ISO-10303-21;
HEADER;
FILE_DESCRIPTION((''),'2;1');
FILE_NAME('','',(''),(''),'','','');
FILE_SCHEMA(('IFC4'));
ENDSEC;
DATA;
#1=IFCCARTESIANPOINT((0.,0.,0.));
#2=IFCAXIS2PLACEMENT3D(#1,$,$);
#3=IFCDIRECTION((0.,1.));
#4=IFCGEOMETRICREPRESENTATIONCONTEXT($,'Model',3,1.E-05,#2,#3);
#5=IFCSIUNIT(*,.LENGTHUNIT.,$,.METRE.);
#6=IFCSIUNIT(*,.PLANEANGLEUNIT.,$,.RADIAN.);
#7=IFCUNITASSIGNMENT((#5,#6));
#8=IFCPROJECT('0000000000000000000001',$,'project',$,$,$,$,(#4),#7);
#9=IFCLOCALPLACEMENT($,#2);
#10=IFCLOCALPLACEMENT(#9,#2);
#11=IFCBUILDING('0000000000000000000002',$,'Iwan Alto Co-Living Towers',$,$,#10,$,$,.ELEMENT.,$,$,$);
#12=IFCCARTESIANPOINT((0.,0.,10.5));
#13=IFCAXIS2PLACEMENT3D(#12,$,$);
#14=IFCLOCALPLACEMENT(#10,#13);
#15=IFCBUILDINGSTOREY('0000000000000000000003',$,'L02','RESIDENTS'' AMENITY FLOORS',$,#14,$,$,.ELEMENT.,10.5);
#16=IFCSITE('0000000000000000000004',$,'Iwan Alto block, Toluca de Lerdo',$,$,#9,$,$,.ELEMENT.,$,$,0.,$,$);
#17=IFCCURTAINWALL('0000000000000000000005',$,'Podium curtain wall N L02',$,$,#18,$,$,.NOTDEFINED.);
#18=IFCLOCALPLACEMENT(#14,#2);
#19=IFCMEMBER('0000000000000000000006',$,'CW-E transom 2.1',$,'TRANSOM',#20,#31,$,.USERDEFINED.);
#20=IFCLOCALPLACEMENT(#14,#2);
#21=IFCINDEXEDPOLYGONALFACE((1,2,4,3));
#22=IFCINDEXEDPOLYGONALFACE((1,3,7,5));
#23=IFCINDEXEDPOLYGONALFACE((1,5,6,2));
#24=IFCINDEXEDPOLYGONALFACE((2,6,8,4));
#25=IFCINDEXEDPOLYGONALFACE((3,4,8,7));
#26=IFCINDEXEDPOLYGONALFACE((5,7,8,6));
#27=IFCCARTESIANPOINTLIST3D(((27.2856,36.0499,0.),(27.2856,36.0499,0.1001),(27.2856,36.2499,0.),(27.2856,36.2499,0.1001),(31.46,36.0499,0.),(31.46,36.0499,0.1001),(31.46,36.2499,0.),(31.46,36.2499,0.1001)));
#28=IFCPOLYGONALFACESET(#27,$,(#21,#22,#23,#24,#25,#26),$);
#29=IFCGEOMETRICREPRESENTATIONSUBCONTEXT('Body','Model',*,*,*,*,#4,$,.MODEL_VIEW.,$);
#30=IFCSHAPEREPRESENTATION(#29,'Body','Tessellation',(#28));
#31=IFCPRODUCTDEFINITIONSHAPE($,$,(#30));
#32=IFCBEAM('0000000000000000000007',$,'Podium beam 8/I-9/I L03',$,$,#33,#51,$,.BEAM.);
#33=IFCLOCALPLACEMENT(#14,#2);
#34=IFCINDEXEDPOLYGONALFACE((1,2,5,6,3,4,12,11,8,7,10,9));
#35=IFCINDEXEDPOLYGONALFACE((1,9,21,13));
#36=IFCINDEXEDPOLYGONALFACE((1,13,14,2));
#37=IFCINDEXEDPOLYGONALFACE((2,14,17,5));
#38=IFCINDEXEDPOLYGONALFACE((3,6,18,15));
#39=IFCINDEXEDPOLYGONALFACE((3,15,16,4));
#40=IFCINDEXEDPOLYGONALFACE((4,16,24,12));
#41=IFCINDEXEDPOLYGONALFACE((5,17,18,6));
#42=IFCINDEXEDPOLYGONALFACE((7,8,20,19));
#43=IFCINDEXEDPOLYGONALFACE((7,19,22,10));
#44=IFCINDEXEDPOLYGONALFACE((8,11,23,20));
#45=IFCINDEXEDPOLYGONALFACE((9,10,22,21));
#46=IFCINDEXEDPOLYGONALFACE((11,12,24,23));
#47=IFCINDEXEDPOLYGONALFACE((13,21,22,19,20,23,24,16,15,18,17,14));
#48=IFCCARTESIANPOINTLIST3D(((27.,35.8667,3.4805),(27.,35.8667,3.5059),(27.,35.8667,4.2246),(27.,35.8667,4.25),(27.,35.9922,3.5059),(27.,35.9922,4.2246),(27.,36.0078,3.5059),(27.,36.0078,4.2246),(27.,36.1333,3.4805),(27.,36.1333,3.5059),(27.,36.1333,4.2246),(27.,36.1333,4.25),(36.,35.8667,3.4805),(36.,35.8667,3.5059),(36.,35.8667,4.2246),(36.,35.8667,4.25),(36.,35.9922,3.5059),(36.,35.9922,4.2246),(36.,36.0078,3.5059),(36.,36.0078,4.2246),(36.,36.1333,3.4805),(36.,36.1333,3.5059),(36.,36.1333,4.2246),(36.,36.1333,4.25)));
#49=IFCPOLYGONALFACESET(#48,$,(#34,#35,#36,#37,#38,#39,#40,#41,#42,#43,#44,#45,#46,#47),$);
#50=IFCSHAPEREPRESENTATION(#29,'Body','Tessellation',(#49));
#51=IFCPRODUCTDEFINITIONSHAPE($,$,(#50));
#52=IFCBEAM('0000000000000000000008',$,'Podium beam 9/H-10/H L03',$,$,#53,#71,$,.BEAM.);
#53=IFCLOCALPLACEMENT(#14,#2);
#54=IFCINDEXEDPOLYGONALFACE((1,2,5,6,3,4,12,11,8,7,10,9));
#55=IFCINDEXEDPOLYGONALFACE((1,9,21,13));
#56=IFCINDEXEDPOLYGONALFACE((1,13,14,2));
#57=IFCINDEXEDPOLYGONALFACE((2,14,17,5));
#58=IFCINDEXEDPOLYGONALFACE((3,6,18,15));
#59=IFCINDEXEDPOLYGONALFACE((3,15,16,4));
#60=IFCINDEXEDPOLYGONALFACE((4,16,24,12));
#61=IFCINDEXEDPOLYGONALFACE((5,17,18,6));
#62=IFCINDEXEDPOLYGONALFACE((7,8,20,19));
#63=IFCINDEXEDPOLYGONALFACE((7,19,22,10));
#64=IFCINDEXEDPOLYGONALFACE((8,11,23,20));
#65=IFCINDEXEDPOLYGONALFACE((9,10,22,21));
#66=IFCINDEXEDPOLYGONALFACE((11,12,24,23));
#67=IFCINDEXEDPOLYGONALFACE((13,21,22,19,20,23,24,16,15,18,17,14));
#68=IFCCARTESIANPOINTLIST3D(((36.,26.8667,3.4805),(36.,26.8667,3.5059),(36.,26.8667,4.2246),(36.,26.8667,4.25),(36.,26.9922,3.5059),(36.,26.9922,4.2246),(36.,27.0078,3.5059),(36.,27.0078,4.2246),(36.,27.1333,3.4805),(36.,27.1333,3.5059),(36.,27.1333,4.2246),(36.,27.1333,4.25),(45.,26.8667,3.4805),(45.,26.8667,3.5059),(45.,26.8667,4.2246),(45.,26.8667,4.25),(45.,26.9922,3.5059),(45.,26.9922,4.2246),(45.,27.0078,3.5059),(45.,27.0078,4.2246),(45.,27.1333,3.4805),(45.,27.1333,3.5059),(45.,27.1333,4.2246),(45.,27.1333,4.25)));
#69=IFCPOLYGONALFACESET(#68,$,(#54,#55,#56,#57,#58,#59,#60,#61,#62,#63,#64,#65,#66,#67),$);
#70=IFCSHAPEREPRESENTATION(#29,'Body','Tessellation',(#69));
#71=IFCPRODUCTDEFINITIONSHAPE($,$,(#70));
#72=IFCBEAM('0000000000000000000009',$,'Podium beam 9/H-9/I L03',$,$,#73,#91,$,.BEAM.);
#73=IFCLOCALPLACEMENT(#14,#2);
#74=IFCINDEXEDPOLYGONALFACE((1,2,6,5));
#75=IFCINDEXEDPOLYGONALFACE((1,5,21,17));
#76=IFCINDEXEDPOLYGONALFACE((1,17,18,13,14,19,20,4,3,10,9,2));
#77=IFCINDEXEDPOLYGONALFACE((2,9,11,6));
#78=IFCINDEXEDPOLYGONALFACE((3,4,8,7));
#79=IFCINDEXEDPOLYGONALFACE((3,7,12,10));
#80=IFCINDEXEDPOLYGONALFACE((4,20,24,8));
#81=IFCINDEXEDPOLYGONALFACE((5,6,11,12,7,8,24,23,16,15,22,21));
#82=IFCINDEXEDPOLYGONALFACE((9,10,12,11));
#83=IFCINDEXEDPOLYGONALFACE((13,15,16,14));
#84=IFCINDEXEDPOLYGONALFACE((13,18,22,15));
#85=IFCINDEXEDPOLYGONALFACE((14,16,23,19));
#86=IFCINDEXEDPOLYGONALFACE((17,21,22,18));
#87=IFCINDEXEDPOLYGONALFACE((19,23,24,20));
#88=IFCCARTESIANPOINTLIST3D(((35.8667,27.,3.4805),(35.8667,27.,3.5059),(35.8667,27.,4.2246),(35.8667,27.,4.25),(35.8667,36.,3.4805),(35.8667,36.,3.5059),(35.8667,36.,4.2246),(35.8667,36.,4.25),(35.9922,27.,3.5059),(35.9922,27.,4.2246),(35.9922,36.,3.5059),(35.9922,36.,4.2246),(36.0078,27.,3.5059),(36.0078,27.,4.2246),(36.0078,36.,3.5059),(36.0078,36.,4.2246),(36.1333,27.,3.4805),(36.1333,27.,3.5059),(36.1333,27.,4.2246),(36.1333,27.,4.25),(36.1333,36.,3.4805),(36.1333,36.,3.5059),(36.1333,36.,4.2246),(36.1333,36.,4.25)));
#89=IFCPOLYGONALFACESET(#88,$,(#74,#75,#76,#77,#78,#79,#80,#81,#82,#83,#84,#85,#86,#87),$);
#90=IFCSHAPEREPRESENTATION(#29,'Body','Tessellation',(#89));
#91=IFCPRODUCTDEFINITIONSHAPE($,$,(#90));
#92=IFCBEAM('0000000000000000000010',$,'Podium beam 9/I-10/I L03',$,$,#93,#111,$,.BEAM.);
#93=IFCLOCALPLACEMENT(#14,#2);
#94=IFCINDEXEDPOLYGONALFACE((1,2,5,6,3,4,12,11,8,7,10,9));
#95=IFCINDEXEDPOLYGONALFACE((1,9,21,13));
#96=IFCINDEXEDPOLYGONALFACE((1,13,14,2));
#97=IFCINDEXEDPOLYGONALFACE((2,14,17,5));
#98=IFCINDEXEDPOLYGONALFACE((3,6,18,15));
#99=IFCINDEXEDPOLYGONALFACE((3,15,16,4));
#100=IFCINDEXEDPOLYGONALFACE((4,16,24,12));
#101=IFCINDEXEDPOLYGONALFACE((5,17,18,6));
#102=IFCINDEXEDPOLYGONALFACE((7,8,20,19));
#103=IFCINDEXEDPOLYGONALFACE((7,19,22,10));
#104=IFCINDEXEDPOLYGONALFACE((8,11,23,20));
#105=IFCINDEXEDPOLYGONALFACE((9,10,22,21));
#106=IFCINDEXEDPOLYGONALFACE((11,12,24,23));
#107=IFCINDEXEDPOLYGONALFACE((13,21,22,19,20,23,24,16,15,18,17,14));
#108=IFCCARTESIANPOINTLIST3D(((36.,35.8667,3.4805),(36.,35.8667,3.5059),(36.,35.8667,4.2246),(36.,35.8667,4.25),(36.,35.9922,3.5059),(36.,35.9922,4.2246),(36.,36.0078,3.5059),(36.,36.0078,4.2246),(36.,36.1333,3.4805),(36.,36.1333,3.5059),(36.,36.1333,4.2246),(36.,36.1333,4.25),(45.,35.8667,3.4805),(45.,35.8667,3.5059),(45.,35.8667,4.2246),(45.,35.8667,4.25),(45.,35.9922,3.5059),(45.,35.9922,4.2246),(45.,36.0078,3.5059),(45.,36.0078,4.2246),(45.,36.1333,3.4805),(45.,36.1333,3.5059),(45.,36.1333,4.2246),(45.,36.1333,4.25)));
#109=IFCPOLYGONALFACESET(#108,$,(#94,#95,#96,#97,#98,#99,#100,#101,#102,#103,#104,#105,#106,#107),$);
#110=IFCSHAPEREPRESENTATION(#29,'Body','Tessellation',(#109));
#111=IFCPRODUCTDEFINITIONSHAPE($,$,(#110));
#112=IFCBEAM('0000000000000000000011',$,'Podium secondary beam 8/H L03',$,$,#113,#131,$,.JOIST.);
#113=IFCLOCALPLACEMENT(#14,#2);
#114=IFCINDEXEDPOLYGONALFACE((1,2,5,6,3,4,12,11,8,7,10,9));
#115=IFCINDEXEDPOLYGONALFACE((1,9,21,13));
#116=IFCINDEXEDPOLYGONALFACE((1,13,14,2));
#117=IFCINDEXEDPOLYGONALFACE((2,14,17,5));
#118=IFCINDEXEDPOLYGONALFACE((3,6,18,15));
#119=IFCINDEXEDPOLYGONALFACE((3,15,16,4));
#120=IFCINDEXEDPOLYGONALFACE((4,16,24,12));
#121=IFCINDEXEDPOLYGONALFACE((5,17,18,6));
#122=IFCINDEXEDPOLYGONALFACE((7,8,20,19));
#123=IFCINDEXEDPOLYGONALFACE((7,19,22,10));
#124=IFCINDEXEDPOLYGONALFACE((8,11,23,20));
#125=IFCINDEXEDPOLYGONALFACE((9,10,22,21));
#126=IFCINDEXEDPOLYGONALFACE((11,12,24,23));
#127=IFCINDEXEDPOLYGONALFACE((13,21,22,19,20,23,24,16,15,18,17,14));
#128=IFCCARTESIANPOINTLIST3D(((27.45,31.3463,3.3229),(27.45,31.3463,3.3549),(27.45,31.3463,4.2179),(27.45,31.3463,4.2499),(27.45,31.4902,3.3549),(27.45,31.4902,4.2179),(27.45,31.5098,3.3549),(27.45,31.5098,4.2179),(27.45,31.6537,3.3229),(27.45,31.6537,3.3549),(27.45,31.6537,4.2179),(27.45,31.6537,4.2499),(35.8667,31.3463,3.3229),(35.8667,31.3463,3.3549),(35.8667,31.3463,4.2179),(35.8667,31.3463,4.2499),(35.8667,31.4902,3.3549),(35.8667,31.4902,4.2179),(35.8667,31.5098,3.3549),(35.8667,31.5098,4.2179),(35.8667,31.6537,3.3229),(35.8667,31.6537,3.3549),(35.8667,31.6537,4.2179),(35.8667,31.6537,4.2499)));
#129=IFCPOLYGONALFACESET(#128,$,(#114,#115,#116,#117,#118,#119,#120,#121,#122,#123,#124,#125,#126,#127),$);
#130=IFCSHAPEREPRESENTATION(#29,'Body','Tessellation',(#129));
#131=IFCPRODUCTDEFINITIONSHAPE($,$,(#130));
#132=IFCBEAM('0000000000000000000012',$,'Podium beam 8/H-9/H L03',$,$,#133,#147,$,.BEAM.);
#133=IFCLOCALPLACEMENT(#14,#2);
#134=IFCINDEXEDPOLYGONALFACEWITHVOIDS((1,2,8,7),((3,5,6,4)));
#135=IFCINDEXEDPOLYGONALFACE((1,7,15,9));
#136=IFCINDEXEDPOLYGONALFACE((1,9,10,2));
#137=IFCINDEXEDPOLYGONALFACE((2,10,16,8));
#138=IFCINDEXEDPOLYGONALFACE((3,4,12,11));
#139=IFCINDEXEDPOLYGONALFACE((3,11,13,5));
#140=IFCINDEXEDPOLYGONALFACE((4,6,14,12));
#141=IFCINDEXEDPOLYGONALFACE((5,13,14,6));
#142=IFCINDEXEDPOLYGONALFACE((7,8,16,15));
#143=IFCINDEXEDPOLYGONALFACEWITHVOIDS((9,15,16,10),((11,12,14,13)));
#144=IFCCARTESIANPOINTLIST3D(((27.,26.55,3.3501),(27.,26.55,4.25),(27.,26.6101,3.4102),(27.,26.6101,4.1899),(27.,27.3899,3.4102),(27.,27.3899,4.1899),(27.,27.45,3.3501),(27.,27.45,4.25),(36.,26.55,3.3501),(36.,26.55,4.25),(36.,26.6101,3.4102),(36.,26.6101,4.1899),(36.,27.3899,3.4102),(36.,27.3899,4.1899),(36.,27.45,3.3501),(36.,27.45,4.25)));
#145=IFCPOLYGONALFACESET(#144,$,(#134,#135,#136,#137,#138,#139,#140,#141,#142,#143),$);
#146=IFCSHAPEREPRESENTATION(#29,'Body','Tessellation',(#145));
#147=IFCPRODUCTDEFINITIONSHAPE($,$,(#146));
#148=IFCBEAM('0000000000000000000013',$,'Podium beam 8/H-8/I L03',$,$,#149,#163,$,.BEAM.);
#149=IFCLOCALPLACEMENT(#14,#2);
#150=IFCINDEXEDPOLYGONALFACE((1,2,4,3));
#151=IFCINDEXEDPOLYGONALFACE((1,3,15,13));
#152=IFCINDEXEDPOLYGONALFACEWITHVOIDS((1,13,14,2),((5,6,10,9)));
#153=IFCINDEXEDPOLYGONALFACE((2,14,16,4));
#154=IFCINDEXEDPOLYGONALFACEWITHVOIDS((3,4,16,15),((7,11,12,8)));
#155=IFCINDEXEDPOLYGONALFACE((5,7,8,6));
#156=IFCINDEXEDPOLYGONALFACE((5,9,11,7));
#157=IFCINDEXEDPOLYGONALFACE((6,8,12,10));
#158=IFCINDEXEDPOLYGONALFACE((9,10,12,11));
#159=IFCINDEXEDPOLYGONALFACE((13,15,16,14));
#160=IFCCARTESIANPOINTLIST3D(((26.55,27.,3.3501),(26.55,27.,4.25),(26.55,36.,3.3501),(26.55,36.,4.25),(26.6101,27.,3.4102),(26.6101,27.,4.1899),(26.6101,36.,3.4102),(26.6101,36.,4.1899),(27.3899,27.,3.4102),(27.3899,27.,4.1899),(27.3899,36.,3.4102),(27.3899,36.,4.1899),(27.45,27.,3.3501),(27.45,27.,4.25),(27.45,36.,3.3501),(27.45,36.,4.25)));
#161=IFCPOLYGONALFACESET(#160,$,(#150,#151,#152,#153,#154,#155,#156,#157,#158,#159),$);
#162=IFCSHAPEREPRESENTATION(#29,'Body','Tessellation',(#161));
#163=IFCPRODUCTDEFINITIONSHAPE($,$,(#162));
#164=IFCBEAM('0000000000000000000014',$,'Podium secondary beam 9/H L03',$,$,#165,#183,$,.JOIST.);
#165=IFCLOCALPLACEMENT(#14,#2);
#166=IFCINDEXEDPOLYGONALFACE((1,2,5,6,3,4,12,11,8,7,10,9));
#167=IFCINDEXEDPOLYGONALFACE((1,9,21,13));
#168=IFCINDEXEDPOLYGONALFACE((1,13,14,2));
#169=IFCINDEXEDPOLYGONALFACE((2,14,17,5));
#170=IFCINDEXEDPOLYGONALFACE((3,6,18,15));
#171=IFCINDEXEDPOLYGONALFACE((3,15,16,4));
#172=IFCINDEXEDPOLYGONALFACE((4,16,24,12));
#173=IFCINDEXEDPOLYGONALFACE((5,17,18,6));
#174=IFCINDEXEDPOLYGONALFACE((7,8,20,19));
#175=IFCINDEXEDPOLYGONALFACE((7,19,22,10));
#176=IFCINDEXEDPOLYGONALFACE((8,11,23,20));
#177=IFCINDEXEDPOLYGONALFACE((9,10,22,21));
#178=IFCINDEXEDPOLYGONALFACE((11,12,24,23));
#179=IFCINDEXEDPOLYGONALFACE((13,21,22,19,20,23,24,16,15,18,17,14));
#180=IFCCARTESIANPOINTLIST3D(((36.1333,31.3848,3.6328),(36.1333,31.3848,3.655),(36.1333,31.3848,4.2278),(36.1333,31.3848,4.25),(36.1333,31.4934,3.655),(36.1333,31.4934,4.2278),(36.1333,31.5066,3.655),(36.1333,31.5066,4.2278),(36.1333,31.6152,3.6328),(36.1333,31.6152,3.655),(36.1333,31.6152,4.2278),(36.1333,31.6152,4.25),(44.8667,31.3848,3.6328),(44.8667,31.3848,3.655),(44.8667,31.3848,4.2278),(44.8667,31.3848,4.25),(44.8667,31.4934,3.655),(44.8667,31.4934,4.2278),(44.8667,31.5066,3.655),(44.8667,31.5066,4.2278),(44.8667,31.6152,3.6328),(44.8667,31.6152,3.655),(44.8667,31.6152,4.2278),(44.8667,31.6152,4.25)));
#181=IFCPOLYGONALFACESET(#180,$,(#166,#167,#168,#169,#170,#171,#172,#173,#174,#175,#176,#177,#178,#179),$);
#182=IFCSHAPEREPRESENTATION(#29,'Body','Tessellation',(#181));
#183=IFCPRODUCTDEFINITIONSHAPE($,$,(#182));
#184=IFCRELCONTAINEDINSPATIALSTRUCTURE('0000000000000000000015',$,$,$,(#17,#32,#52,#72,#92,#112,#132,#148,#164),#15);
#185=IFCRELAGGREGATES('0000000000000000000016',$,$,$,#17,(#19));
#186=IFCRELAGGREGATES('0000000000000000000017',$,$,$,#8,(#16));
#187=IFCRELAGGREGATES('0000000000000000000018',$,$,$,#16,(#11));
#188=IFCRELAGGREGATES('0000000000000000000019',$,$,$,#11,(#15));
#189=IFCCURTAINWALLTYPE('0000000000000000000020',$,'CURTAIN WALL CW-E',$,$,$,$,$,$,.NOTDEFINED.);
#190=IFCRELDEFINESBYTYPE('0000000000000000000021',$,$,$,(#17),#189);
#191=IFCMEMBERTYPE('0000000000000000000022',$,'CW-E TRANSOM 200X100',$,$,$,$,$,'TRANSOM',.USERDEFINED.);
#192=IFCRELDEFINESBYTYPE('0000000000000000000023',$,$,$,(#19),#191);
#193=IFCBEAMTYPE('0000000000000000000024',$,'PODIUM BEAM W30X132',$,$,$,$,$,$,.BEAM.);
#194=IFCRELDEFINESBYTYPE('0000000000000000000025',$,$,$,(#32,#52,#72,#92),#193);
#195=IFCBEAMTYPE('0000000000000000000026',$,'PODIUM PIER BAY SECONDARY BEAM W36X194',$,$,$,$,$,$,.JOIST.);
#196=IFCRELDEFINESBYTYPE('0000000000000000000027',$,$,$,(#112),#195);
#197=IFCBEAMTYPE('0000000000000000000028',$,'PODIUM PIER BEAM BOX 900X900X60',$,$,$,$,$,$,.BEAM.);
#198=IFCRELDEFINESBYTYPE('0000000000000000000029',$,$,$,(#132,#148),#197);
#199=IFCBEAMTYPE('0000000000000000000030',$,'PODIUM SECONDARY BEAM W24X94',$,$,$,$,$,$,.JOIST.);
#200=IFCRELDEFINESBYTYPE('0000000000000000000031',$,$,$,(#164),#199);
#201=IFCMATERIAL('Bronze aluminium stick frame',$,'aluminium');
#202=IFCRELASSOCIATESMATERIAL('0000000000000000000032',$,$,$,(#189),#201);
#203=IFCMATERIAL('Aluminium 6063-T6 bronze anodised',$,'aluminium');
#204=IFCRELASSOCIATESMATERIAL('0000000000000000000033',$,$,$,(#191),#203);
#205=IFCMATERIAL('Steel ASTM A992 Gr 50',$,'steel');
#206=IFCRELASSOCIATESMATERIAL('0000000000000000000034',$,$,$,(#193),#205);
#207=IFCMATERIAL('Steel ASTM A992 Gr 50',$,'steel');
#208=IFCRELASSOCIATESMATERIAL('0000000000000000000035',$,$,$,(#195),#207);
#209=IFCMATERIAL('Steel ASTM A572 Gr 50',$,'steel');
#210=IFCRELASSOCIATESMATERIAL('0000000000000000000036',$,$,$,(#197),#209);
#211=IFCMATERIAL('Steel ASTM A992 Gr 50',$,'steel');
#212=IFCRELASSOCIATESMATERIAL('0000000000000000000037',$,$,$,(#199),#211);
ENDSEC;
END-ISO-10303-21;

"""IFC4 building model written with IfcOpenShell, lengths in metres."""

from ifc_helpers import new_model, si_unit, direction, frame, origin, origin_2d, place, context, subcontext, project, spatial, rectangle, hollow_rectangle, i_section, extrude, material, material_profile, profile_set, type_object, element, aggregate, save


model = new_model("IFC4")

# Units and contexts
model_context = context("Model", 3, precision=1e-05, world=origin(), true_north=direction((0.0, 1.0)))
body_context = subcontext(model_context, "Body", "Model", "MODEL_VIEW")
ifc_project = project(units=[si_unit("LENGTHUNIT", "METRE"), si_unit("PLANEANGLEUNIT", "RADIAN")], contexts=[model_context])

# Site, building, storey
site_placement = place(None, origin())
site = spatial("IfcSite", under=ifc_project, at=site_placement, Name="Iwan Alto block, Toluca de Lerdo", CompositionType="ELEMENT", RefElevation=0.0)
building_placement = place(site_placement, origin())
building = spatial("IfcBuilding", under=site, at=building_placement, Name="Iwan Alto Co-Living Towers", CompositionType="ELEMENT")
storey_placement = place(building_placement, frame((0.0, 0.0, 10.5)))
storey = spatial("IfcBuildingStorey", under=building, at=storey_placement, Name="L02", Description="RESIDENTS' AMENITY FLOORS", CompositionType="ELEMENT", Elevation=10.5)

# Shared definitions
ifc_material_1 = material(Name="Bronze aluminium stick frame", Category="aluminium")
curtain_wall_type = type_object("IfcCurtainWallType", Name="CURTAIN WALL CW-E", PredefinedType="NOTDEFINED", material=ifc_material_1)

# Curtain wall
curtain_wall_1_placement = place(storey_placement, origin())
curtain_wall_1 = element("IfcCurtainWall", 1, at=curtain_wall_1_placement, inside=storey, type_object=curtain_wall_type, Name="Podium curtain wall N L02", PredefinedType="NOTDEFINED")

# Member
ifc_material_2 = material(Name="Aluminium 6063-T6 bronze anodised", Category="aluminium")
ifc_material_profile_1 = material_profile(ifc_material_2, rectangle(XDim=0.2, YDim=0.1001, at=origin_2d()), Name="AL 200X100")
ifc_profile_set_1 = profile_set([ifc_material_profile_1], Name="Aluminium 6063-T6 bronze anodised")
member_type_1 = type_object("IfcMemberType", Name="CW-E TRANSOM 200X100", ElementType="TRANSOM", PredefinedType="USERDEFINED", material=ifc_profile_set_1)
member_1_placement = place(storey_placement, frame((31.46, 36.1499, 0.05), z_axis=(-1.0, 0.0, 0.0), x_axis=(0.0, -1.0, 0.0)))
member_1 = element("IfcMember", 2, at=member_1_placement, type_object=member_type_1, Name="CW-E transom 2.1", ObjectType="TRANSOM", PredefinedType="USERDEFINED", context=body_context, shape_type="SweptSolid", body=[
    extrude(rectangle(XDim=0.2, YDim=0.1001, at=origin_2d()), origin(), (0.0, 0.0, 1.0), 4.1743),
])

# Beams
ifc_material_3 = material(Name="Steel ASTM A992 Gr 50", Category="steel")
ifc_material_profile_2 = material_profile(ifc_material_3, i_section(OverallWidth=0.2666, OverallDepth=0.7695, WebThickness=0.0156, FlangeThickness=0.0254, at=origin_2d()), Name="W30X132")
ifc_profile_set_2 = profile_set([ifc_material_profile_2], Name="Steel ASTM A992 Gr 50")
beam_type_1 = type_object("IfcBeamType", Name="PODIUM BEAM W30X132", PredefinedType="BEAM", material=ifc_profile_set_2)
for number, where, z_axis, x_axis, name in (
    (3, (27.0, 36.0, 3.8652), (1.0, 0.0, 0.0), (0.0, 1.0, 0.0), "Podium beam 8/I-9/I L03"),
    (4, (36.0, 27.0, 3.8652), (1.0, 0.0, 0.0), (0.0, 1.0, 0.0), "Podium beam 9/H-10/H L03"),
    (5, (36.0, 27.0, 3.8652), (0.0, 1.0, 0.0), (-1.0, 0.0, 0.0), "Podium beam 9/H-9/I L03"),
    (6, (36.0, 36.0, 3.8652), (1.0, 0.0, 0.0), (0.0, 1.0, 0.0), "Podium beam 9/I-10/I L03"),
):
    element("IfcBeam", number, at=place(storey_placement, frame(where, z_axis=z_axis, x_axis=x_axis)), inside=storey, type_object=beam_type_1, Name=name, PredefinedType="BEAM", context=body_context, shape_type="SweptSolid", body=[
        extrude(i_section(OverallWidth=0.2666, OverallDepth=0.7695, WebThickness=0.0156, FlangeThickness=0.0254, at=origin_2d()), origin(), (0.0, 0.0, 1.0), 9.0),
    ])
ifc_material_4 = material(Name="Steel ASTM A992 Gr 50", Category="steel")
ifc_material_profile_3 = material_profile(ifc_material_4, i_section(OverallWidth=0.3074, OverallDepth=0.927, WebThickness=0.0195, FlangeThickness=0.032, at=origin_2d()), Name="W36X194")
ifc_profile_set_3 = profile_set([ifc_material_profile_3], Name="Steel ASTM A992 Gr 50")
beam_type_2 = type_object("IfcBeamType", Name="PODIUM PIER BAY SECONDARY BEAM W36X194", PredefinedType="JOIST", material=ifc_profile_set_3)
beam_1_placement = place(storey_placement, frame((27.45, 31.5, 3.7864), z_axis=(1.0, 0.0, 0.0), x_axis=(0.0, 1.0, 0.0)))
element("IfcBeam", 7, at=beam_1_placement, inside=storey, type_object=beam_type_2, Name="Podium secondary beam 8/H L03", PredefinedType="JOIST", context=body_context, shape_type="SweptSolid", body=[
    extrude(i_section(OverallWidth=0.3074, OverallDepth=0.927, WebThickness=0.0195, FlangeThickness=0.032, at=origin_2d()), origin(), (0.0, 0.0, 1.0), 8.4167),
])
ifc_material_5 = material(Name="Steel ASTM A572 Gr 50", Category="steel")
ifc_material_profile_4 = material_profile(ifc_material_5, hollow_rectangle(XDim=0.8999, YDim=0.8999, WallThickness=0.0601, at=origin_2d()), Name="BOX 900X900X60")
ifc_profile_set_4 = profile_set([ifc_material_profile_4], Name="Steel ASTM A572 Gr 50")
beam_type_3 = type_object("IfcBeamType", Name="PODIUM PIER BEAM BOX 900X900X60", PredefinedType="BEAM", material=ifc_profile_set_4)
for number, where, z_axis, x_axis, name in (
    (8, (27.0, 27.0, 3.8), (1.0, 0.0, 0.0), (0.0, 1.0, 0.0), "Podium beam 8/H-9/H L03"),
    (9, (27.0, 27.0, 3.8), (0.0, 1.0, 0.0), (-1.0, 0.0, 0.0), "Podium beam 8/H-8/I L03"),
):
    element("IfcBeam", number, at=place(storey_placement, frame(where, z_axis=z_axis, x_axis=x_axis)), inside=storey, type_object=beam_type_3, Name=name, PredefinedType="BEAM", context=body_context, shape_type="SweptSolid", body=[
        extrude(hollow_rectangle(XDim=0.8999, YDim=0.8999, WallThickness=0.0601, at=origin_2d()), origin(), (0.0, 0.0, 1.0), 9.0),
    ])
ifc_material_6 = material(Name="Steel ASTM A992 Gr 50", Category="steel")
ifc_material_profile_5 = material_profile(ifc_material_6, i_section(OverallWidth=0.2305, OverallDepth=0.6172, WebThickness=0.0132, FlangeThickness=0.0222, at=origin_2d()), Name="W24X94")
ifc_profile_set_5 = profile_set([ifc_material_profile_5], Name="Steel ASTM A992 Gr 50")
beam_type_4 = type_object("IfcBeamType", Name="PODIUM SECONDARY BEAM W24X94", PredefinedType="JOIST", material=ifc_profile_set_5)
beam_2_placement = place(storey_placement, frame((36.1333, 31.5, 3.9414), z_axis=(1.0, 0.0, 0.0), x_axis=(0.0, 1.0, 0.0)))
element("IfcBeam", 10, at=beam_2_placement, inside=storey, type_object=beam_type_4, Name="Podium secondary beam 9/H L03", PredefinedType="JOIST", context=body_context, shape_type="SweptSolid", body=[
    extrude(i_section(OverallWidth=0.2305, OverallDepth=0.6172, WebThickness=0.0132, FlangeThickness=0.0222, at=origin_2d()), origin(), (0.0, 0.0, 1.0), 8.7334),
])

aggregate(curtain_wall_1, [member_1])

save(model, "model.ifc")
